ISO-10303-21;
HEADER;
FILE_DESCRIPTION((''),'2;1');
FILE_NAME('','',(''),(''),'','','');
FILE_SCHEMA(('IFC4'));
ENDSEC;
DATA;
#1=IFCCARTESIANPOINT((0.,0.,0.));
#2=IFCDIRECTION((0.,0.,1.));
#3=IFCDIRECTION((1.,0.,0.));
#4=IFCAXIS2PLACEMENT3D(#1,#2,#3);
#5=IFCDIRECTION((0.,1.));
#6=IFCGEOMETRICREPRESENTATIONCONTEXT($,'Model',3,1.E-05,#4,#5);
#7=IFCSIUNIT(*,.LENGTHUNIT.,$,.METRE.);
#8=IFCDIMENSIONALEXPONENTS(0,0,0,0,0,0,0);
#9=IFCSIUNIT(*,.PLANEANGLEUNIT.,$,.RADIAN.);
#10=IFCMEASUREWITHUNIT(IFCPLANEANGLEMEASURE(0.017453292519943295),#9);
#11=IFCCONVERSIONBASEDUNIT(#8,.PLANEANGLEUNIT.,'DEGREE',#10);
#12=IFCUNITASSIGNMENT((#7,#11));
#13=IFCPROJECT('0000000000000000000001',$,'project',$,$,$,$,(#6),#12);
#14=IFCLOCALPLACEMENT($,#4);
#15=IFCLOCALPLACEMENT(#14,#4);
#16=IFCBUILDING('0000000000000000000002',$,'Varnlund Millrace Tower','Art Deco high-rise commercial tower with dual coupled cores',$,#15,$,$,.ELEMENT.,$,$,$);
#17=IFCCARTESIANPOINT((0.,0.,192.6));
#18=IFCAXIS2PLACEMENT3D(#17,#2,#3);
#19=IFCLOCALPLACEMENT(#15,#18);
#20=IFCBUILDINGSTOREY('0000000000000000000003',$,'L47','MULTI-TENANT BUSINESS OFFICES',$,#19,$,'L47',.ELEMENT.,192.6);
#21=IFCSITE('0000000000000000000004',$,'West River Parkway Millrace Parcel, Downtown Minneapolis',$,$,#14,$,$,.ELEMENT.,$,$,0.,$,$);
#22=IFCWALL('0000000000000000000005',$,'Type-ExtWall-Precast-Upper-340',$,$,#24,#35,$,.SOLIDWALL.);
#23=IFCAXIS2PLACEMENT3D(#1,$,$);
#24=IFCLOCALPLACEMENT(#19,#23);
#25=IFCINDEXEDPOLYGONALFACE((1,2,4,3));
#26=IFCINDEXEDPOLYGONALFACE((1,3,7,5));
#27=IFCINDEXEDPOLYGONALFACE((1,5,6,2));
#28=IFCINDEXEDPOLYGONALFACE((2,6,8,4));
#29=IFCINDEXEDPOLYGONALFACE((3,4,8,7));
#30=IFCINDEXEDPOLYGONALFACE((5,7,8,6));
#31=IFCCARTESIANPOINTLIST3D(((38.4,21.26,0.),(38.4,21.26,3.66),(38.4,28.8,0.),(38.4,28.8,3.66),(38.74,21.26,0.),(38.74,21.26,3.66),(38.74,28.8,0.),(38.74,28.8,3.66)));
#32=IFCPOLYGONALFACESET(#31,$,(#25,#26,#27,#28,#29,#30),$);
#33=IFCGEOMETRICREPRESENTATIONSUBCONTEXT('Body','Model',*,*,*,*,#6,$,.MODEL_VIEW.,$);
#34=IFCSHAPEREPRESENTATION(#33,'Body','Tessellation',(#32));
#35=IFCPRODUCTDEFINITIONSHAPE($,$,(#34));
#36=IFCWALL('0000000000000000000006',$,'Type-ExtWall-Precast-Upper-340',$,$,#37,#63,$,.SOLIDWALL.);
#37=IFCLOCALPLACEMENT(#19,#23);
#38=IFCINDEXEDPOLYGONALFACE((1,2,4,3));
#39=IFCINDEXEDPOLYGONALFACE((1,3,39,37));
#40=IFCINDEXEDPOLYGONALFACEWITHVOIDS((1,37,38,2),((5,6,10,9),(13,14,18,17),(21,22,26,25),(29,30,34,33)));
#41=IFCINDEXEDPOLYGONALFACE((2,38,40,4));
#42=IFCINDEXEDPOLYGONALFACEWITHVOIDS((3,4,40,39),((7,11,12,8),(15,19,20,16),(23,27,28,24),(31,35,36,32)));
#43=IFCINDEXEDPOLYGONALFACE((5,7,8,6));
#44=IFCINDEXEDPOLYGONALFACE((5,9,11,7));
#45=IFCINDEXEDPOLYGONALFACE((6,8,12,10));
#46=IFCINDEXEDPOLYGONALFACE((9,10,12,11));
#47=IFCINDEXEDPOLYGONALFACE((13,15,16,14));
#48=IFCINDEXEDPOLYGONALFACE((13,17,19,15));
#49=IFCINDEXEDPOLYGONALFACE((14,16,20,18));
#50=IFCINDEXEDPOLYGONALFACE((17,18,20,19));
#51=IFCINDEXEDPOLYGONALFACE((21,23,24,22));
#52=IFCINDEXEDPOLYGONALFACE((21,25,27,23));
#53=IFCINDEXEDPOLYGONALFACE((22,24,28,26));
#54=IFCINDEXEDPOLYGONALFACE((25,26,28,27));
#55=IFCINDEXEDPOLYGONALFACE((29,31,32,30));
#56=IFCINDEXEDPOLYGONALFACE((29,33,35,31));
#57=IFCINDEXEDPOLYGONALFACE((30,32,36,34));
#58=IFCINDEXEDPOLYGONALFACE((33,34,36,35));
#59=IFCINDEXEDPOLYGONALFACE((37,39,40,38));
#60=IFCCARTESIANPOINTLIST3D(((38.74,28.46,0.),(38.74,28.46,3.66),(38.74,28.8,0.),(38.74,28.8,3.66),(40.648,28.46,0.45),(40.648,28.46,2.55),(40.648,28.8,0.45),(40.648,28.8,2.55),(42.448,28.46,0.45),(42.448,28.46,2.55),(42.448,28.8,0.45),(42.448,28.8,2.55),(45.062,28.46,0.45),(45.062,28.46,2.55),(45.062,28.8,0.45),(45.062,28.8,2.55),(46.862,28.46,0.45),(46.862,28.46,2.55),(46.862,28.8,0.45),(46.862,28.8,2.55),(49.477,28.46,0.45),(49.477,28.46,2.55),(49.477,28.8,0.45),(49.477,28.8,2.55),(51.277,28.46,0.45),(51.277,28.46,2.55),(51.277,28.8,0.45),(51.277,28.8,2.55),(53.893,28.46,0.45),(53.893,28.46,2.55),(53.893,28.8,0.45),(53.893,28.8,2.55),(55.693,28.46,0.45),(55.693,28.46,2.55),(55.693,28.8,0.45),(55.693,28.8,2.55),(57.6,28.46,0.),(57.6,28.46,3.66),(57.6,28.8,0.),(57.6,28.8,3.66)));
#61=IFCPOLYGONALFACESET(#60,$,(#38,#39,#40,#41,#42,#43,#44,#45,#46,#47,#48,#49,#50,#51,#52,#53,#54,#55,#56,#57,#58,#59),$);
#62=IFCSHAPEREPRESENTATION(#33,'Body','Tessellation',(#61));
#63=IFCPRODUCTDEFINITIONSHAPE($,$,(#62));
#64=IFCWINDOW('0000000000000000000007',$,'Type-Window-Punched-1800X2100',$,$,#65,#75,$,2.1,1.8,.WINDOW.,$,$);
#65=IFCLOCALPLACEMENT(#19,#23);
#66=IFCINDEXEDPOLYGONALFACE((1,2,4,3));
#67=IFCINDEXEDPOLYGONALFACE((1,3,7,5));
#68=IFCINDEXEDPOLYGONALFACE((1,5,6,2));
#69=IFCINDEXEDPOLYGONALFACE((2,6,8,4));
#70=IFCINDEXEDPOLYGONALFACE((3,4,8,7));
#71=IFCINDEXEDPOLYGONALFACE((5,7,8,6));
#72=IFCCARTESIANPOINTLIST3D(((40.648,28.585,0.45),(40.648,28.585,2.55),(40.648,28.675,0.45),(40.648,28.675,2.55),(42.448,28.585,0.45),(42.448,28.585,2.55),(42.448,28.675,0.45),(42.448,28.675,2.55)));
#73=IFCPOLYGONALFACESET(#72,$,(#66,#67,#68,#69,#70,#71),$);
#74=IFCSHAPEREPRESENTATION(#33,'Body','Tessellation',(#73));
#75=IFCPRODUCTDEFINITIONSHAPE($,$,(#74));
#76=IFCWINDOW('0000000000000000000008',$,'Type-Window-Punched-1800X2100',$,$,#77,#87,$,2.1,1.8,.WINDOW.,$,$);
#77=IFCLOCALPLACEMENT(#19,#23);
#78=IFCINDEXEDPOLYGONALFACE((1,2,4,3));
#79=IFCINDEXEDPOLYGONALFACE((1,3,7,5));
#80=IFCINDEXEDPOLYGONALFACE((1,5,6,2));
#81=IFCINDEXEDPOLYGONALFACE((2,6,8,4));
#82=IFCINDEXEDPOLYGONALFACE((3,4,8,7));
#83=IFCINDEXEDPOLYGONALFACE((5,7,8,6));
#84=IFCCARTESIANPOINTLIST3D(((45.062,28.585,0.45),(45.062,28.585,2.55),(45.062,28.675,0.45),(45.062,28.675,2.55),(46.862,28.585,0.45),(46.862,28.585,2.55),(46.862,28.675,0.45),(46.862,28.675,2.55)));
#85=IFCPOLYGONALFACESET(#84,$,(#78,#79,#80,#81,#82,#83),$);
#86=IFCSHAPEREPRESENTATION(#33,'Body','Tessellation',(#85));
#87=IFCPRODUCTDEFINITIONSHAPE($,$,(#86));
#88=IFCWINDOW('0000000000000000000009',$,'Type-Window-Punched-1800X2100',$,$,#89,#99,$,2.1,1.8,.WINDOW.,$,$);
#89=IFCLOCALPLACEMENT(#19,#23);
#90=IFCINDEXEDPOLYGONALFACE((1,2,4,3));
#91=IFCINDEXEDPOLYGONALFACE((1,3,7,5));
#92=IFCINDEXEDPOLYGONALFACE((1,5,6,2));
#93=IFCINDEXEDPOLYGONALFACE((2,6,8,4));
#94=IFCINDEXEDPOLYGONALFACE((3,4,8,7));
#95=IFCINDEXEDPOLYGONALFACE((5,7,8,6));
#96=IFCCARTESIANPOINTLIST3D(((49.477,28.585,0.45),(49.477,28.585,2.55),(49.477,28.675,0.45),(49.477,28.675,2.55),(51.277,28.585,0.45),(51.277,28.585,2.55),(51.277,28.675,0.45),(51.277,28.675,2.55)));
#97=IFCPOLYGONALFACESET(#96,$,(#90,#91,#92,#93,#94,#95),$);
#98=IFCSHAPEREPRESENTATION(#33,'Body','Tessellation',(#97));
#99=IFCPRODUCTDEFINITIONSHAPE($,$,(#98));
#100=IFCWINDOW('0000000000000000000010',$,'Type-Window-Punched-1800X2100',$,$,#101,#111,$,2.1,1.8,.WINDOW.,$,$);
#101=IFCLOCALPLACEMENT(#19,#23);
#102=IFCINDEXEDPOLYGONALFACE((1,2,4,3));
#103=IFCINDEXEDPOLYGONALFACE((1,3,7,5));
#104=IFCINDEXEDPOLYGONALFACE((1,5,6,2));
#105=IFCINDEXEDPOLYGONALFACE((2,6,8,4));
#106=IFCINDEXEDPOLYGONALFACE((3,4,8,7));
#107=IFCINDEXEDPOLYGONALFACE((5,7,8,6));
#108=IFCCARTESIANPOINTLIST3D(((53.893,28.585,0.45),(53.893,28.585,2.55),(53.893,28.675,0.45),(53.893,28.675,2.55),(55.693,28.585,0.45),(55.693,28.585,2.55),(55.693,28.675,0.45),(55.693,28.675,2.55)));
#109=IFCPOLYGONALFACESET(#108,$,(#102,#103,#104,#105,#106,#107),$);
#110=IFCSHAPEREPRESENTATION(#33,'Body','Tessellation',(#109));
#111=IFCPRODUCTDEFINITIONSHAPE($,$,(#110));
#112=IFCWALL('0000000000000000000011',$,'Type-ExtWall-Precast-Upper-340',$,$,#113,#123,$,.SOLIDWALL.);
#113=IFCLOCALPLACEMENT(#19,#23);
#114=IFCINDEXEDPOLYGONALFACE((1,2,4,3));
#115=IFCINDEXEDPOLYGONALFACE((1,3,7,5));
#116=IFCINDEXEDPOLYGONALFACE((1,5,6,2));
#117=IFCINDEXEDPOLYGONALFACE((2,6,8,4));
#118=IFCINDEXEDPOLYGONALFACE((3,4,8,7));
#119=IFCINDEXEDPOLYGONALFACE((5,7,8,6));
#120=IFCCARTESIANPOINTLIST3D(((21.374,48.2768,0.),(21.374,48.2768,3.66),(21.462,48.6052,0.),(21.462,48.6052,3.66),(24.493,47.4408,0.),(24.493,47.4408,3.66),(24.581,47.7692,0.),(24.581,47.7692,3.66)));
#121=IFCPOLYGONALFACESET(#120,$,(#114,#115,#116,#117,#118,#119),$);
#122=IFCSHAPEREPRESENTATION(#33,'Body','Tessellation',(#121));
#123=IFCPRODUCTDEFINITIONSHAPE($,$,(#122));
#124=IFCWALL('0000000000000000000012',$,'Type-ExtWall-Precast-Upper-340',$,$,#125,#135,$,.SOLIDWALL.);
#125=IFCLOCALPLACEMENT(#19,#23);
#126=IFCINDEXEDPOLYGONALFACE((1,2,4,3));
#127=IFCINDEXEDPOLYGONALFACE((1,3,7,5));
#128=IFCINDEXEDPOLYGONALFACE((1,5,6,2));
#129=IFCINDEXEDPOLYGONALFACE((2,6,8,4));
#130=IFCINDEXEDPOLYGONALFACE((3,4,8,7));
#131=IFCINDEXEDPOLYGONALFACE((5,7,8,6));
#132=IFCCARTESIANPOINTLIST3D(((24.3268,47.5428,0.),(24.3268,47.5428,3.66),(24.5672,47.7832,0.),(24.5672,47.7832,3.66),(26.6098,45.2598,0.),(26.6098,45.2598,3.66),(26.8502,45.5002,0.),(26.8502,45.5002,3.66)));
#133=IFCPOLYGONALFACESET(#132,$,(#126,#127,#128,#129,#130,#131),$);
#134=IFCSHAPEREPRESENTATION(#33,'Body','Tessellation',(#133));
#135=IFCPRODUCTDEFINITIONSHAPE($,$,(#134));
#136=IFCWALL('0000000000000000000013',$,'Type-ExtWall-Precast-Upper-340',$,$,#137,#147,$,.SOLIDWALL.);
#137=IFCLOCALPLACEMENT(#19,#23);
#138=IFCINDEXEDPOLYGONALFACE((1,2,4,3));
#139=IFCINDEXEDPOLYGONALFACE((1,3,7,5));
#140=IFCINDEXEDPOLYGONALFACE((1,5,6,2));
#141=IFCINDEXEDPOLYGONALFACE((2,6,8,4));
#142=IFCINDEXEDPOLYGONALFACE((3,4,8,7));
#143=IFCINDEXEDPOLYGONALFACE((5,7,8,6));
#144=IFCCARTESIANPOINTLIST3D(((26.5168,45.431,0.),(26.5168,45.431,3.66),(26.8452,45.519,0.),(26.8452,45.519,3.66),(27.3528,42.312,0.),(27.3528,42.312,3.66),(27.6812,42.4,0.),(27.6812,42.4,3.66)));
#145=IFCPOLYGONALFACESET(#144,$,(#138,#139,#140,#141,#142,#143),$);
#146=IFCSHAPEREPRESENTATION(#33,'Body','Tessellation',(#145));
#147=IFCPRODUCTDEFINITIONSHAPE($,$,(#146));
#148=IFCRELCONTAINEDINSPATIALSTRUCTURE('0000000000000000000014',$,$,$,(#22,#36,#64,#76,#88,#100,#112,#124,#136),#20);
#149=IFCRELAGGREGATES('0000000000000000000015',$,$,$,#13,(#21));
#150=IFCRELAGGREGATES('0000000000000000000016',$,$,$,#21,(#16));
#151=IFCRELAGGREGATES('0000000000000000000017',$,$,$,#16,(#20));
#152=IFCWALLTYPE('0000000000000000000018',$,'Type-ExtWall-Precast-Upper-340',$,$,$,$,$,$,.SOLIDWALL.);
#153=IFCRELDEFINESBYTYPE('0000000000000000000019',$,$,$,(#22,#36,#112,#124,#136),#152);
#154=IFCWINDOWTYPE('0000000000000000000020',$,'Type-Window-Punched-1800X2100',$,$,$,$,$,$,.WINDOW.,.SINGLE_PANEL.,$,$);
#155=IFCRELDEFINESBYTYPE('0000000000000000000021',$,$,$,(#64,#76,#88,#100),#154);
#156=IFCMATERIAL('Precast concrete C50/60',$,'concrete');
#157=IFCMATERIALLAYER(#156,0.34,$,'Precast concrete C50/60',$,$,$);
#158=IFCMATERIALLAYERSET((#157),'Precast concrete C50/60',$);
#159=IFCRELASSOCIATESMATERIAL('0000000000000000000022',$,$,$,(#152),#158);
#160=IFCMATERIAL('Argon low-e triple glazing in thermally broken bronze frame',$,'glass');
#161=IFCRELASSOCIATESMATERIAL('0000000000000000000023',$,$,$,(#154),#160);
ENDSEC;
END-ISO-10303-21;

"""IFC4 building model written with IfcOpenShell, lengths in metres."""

from ifc_helpers import new_model, entity, si_unit, converted_unit, direction, frame, origin_with_axes, origin_2d_with_axis, place, context, subcontext, project, spatial, polyline, rectangle, outline, extrude, material, layer, layer_set, type_object, element, fill, save


model = new_model("IFC4")

# Units and contexts
model_context = context("Model", 3, precision=1e-05, world=origin_with_axes(), true_north=direction((0.0, 1.0)))
body_context = subcontext(model_context, "Body", "Model", "MODEL_VIEW")
ifc_project = project(units=[si_unit("LENGTHUNIT", "METRE"), converted_unit("PLANEANGLEUNIT", "DEGREE", entity("IfcPlaneAngleMeasure", 0.017453292519943295), si_unit("PLANEANGLEUNIT", "RADIAN"), dimensions=[0, 0, 0, 0, 0, 0, 0])], contexts=[model_context])

# Site, building, storey
site_placement = place(None, origin_with_axes())
site = spatial("IfcSite", under=ifc_project, at=site_placement, Name="West River Parkway Millrace Parcel, Downtown Minneapolis", CompositionType="ELEMENT", RefElevation=0.0)
building_placement = place(site_placement, origin_with_axes())
building = spatial("IfcBuilding", under=site, at=building_placement, Name="Varnlund Millrace Tower", Description="Art Deco high-rise commercial tower with dual coupled cores", CompositionType="ELEMENT")
storey_placement = place(building_placement, frame((0.0, 0.0, 192.6), z_axis=(0.0, 0.0, 1.0), x_axis=(1.0, 0.0, 0.0)))
storey = spatial("IfcBuildingStorey", under=building, at=storey_placement, Name="L47", Description="MULTI-TENANT BUSINESS OFFICES", LongName="L47", CompositionType="ELEMENT", Elevation=192.6)

# Wall
ifc_material_1 = material(Name="Precast concrete C50/60", Category="concrete")
ifc_layer_1 = layer(ifc_material_1, 0.34, Name="Precast concrete C50/60")
ifc_layer_set_1 = layer_set([ifc_layer_1], Name="Precast concrete C50/60")
wall_type_1 = type_object("IfcWallType", Name="Type-ExtWall-Precast-Upper-340", PredefinedType="SOLIDWALL", material=ifc_layer_set_1)
wall_1_placement = place(storey_placement, frame((38.57, 21.26, 0.0), z_axis=(0.0, 0.0, 1.0), x_axis=(0.0, 1.0, 0.0)))
element("IfcWall", 1, at=wall_1_placement, inside=storey, type_object=wall_type_1, Name="Type-ExtWall-Precast-Upper-340", PredefinedType="SOLIDWALL", context=body_context, shape_type="SweptSolid", body=[
    extrude(outline(polyline([(0.0, -0.17), (7.54, -0.17), (7.54, 0.17), (0.0, 0.17), (0.0, -0.17)])), origin_with_axes(), (0.0, 0.0, 1.0), 3.66),
])

# Wall, openings, windows
wall_2_placement = place(storey_placement, frame((38.74, 28.63, 0.0), z_axis=(0.0, 0.0, 1.0), x_axis=(1.0, 0.0, 0.0)))
wall_2 = element("IfcWall", 2, at=wall_2_placement, inside=storey, type_object=wall_type_1, Name="Type-ExtWall-Precast-Upper-340", PredefinedType="SOLIDWALL", context=body_context, shape_type="SweptSolid", body=[
    extrude(outline(polyline([(0.0, -0.17), (18.86, -0.17), (18.86, 0.17), (0.0, 0.17), (0.0, -0.17)])), origin_with_axes(), (0.0, 0.0, 1.0), 3.66),
])
opening_1_placement = place(wall_2_placement, frame((2.808, 0.0, 0.45), z_axis=(0.0, 0.0, 1.0), x_axis=(1.0, 0.0, 0.0)))
opening_1 = element("IfcOpeningElement", 3, at=opening_1_placement, cuts=wall_2, PredefinedType="OPENING", context=body_context, shape_type="SweptSolid", body=[
    extrude(rectangle(XDim=1.8, YDim=0.36, at=origin_2d_with_axis()), origin_with_axes(), (0.0, 0.0, 1.0), 2.1),
])
opening_2_placement = place(wall_2_placement, frame((7.222, 0.0, 0.45), z_axis=(0.0, 0.0, 1.0), x_axis=(1.0, 0.0, 0.0)))
opening_2 = element("IfcOpeningElement", 4, at=opening_2_placement, cuts=wall_2, PredefinedType="OPENING", context=body_context, shape_type="SweptSolid", body=[
    extrude(rectangle(XDim=1.8, YDim=0.36, at=origin_2d_with_axis()), origin_with_axes(), (0.0, 0.0, 1.0), 2.1),
])
opening_3_placement = place(wall_2_placement, frame((11.637, 0.0, 0.45), z_axis=(0.0, 0.0, 1.0), x_axis=(1.0, 0.0, 0.0)))
opening_3 = element("IfcOpeningElement", 5, at=opening_3_placement, cuts=wall_2, PredefinedType="OPENING", context=body_context, shape_type="SweptSolid", body=[
    extrude(rectangle(XDim=1.8, YDim=0.36, at=origin_2d_with_axis()), origin_with_axes(), (0.0, 0.0, 1.0), 2.1),
])
opening_4_placement = place(wall_2_placement, frame((16.053, 0.0, 0.45), z_axis=(0.0, 0.0, 1.0), x_axis=(1.0, 0.0, 0.0)))
opening_4 = element("IfcOpeningElement", 6, at=opening_4_placement, cuts=wall_2, PredefinedType="OPENING", context=body_context, shape_type="SweptSolid", body=[
    extrude(rectangle(XDim=1.8, YDim=0.36, at=origin_2d_with_axis()), origin_with_axes(), (0.0, 0.0, 1.0), 2.1),
])
ifc_material_2 = material(Name="Argon low-e triple glazing in thermally broken bronze frame", Category="glass")
window_type_1 = type_object("IfcWindowType", Name="Type-Window-Punched-1800X2100", PartitioningType="SINGLE_PANEL", PredefinedType="WINDOW", material=ifc_material_2)
window_1_placement = place(wall_2_placement, frame((2.808, 0.0, 0.45), z_axis=(0.0, 0.0, 1.0), x_axis=(1.0, 0.0, 0.0)))
window_1 = element("IfcWindow", 7, at=window_1_placement, inside=storey, type_object=window_type_1, Name="Type-Window-Punched-1800X2100", OverallHeight=2.1, OverallWidth=1.8, PredefinedType="WINDOW", context=body_context, shape_type="SweptSolid", body=[
    extrude(rectangle(XDim=1.8, YDim=0.09, at=origin_2d_with_axis()), origin_with_axes(), (0.0, 0.0, 1.0), 2.1),
])
fill(opening_1, window_1)
window_2_placement = place(wall_2_placement, frame((7.222, 0.0, 0.45), z_axis=(0.0, 0.0, 1.0), x_axis=(1.0, 0.0, 0.0)))
window_2 = element("IfcWindow", 8, at=window_2_placement, inside=storey, type_object=window_type_1, Name="Type-Window-Punched-1800X2100", OverallHeight=2.1, OverallWidth=1.8, PredefinedType="WINDOW", context=body_context, shape_type="SweptSolid", body=[
    extrude(rectangle(XDim=1.8, YDim=0.09, at=origin_2d_with_axis()), origin_with_axes(), (0.0, 0.0, 1.0), 2.1),
])
fill(opening_2, window_2)
window_3_placement = place(wall_2_placement, frame((11.637, 0.0, 0.45), z_axis=(0.0, 0.0, 1.0), x_axis=(1.0, 0.0, 0.0)))
window_3 = element("IfcWindow", 9, at=window_3_placement, inside=storey, type_object=window_type_1, Name="Type-Window-Punched-1800X2100", OverallHeight=2.1, OverallWidth=1.8, PredefinedType="WINDOW", context=body_context, shape_type="SweptSolid", body=[
    extrude(rectangle(XDim=1.8, YDim=0.09, at=origin_2d_with_axis()), origin_with_axes(), (0.0, 0.0, 1.0), 2.1),
])
fill(opening_3, window_3)
window_4_placement = place(wall_2_placement, frame((16.053, 0.0, 0.45), z_axis=(0.0, 0.0, 1.0), x_axis=(1.0, 0.0, 0.0)))
window_4 = element("IfcWindow", 10, at=window_4_placement, inside=storey, type_object=window_type_1, Name="Type-Window-Punched-1800X2100", OverallHeight=2.1, OverallWidth=1.8, PredefinedType="WINDOW", context=body_context, shape_type="SweptSolid", body=[
    extrude(rectangle(XDim=1.8, YDim=0.09, at=origin_2d_with_axis()), origin_with_axes(), (0.0, 0.0, 1.0), 2.1),
])
fill(opening_4, window_4)

# Walls
wall_3_placement = place(storey_placement, frame((21.418, 48.441, 0.0), z_axis=(0.0, 0.0, 1.0), x_axis=(0.965905, -0.258896, 0.0)))
element("IfcWall", 11, at=wall_3_placement, inside=storey, type_object=wall_type_1, Name="Type-ExtWall-Precast-Upper-340", PredefinedType="SOLIDWALL", context=body_context, shape_type="SweptSolid", body=[
    extrude(outline(polyline([(0.0, -0.17), (3.2291, -0.17), (3.2291, 0.17), (0.0, 0.17), (0.0, -0.17)])), origin_with_axes(), (0.0, 0.0, 1.0), 3.66),
])
wall_4_placement = place(storey_placement, frame((24.447, 47.663, 0.0), z_axis=(0.0, 0.0, 1.0), x_axis=(0.707107, -0.707107, 0.0)))
element("IfcWall", 12, at=wall_4_placement, inside=storey, type_object=wall_type_1, Name="Type-ExtWall-Precast-Upper-340", PredefinedType="SOLIDWALL", context=body_context, shape_type="SweptSolid", body=[
    extrude(outline(polyline([(0.0, -0.17), (3.2287, -0.17), (3.2287, 0.17), (0.0, 0.17), (0.0, -0.17)])), origin_with_axes(), (0.0, 0.0, 1.0), 3.66),
])
wall_5_placement = place(storey_placement, frame((26.681, 45.475, 0.0), z_axis=(0.0, 0.0, 1.0), x_axis=(0.258896, -0.965905, 0.0)))
element("IfcWall", 13, at=wall_5_placement, inside=storey, type_object=wall_type_1, Name="Type-ExtWall-Precast-Upper-340", PredefinedType="SOLIDWALL", context=body_context, shape_type="SweptSolid", body=[
    extrude(outline(polyline([(0.0, -0.17), (3.2291, -0.17), (3.2291, 0.17), (0.0, 0.17), (0.0, -0.17)])), origin_with_axes(), (0.0, 0.0, 1.0), 3.66),
])

save(model, "model.ifc")
